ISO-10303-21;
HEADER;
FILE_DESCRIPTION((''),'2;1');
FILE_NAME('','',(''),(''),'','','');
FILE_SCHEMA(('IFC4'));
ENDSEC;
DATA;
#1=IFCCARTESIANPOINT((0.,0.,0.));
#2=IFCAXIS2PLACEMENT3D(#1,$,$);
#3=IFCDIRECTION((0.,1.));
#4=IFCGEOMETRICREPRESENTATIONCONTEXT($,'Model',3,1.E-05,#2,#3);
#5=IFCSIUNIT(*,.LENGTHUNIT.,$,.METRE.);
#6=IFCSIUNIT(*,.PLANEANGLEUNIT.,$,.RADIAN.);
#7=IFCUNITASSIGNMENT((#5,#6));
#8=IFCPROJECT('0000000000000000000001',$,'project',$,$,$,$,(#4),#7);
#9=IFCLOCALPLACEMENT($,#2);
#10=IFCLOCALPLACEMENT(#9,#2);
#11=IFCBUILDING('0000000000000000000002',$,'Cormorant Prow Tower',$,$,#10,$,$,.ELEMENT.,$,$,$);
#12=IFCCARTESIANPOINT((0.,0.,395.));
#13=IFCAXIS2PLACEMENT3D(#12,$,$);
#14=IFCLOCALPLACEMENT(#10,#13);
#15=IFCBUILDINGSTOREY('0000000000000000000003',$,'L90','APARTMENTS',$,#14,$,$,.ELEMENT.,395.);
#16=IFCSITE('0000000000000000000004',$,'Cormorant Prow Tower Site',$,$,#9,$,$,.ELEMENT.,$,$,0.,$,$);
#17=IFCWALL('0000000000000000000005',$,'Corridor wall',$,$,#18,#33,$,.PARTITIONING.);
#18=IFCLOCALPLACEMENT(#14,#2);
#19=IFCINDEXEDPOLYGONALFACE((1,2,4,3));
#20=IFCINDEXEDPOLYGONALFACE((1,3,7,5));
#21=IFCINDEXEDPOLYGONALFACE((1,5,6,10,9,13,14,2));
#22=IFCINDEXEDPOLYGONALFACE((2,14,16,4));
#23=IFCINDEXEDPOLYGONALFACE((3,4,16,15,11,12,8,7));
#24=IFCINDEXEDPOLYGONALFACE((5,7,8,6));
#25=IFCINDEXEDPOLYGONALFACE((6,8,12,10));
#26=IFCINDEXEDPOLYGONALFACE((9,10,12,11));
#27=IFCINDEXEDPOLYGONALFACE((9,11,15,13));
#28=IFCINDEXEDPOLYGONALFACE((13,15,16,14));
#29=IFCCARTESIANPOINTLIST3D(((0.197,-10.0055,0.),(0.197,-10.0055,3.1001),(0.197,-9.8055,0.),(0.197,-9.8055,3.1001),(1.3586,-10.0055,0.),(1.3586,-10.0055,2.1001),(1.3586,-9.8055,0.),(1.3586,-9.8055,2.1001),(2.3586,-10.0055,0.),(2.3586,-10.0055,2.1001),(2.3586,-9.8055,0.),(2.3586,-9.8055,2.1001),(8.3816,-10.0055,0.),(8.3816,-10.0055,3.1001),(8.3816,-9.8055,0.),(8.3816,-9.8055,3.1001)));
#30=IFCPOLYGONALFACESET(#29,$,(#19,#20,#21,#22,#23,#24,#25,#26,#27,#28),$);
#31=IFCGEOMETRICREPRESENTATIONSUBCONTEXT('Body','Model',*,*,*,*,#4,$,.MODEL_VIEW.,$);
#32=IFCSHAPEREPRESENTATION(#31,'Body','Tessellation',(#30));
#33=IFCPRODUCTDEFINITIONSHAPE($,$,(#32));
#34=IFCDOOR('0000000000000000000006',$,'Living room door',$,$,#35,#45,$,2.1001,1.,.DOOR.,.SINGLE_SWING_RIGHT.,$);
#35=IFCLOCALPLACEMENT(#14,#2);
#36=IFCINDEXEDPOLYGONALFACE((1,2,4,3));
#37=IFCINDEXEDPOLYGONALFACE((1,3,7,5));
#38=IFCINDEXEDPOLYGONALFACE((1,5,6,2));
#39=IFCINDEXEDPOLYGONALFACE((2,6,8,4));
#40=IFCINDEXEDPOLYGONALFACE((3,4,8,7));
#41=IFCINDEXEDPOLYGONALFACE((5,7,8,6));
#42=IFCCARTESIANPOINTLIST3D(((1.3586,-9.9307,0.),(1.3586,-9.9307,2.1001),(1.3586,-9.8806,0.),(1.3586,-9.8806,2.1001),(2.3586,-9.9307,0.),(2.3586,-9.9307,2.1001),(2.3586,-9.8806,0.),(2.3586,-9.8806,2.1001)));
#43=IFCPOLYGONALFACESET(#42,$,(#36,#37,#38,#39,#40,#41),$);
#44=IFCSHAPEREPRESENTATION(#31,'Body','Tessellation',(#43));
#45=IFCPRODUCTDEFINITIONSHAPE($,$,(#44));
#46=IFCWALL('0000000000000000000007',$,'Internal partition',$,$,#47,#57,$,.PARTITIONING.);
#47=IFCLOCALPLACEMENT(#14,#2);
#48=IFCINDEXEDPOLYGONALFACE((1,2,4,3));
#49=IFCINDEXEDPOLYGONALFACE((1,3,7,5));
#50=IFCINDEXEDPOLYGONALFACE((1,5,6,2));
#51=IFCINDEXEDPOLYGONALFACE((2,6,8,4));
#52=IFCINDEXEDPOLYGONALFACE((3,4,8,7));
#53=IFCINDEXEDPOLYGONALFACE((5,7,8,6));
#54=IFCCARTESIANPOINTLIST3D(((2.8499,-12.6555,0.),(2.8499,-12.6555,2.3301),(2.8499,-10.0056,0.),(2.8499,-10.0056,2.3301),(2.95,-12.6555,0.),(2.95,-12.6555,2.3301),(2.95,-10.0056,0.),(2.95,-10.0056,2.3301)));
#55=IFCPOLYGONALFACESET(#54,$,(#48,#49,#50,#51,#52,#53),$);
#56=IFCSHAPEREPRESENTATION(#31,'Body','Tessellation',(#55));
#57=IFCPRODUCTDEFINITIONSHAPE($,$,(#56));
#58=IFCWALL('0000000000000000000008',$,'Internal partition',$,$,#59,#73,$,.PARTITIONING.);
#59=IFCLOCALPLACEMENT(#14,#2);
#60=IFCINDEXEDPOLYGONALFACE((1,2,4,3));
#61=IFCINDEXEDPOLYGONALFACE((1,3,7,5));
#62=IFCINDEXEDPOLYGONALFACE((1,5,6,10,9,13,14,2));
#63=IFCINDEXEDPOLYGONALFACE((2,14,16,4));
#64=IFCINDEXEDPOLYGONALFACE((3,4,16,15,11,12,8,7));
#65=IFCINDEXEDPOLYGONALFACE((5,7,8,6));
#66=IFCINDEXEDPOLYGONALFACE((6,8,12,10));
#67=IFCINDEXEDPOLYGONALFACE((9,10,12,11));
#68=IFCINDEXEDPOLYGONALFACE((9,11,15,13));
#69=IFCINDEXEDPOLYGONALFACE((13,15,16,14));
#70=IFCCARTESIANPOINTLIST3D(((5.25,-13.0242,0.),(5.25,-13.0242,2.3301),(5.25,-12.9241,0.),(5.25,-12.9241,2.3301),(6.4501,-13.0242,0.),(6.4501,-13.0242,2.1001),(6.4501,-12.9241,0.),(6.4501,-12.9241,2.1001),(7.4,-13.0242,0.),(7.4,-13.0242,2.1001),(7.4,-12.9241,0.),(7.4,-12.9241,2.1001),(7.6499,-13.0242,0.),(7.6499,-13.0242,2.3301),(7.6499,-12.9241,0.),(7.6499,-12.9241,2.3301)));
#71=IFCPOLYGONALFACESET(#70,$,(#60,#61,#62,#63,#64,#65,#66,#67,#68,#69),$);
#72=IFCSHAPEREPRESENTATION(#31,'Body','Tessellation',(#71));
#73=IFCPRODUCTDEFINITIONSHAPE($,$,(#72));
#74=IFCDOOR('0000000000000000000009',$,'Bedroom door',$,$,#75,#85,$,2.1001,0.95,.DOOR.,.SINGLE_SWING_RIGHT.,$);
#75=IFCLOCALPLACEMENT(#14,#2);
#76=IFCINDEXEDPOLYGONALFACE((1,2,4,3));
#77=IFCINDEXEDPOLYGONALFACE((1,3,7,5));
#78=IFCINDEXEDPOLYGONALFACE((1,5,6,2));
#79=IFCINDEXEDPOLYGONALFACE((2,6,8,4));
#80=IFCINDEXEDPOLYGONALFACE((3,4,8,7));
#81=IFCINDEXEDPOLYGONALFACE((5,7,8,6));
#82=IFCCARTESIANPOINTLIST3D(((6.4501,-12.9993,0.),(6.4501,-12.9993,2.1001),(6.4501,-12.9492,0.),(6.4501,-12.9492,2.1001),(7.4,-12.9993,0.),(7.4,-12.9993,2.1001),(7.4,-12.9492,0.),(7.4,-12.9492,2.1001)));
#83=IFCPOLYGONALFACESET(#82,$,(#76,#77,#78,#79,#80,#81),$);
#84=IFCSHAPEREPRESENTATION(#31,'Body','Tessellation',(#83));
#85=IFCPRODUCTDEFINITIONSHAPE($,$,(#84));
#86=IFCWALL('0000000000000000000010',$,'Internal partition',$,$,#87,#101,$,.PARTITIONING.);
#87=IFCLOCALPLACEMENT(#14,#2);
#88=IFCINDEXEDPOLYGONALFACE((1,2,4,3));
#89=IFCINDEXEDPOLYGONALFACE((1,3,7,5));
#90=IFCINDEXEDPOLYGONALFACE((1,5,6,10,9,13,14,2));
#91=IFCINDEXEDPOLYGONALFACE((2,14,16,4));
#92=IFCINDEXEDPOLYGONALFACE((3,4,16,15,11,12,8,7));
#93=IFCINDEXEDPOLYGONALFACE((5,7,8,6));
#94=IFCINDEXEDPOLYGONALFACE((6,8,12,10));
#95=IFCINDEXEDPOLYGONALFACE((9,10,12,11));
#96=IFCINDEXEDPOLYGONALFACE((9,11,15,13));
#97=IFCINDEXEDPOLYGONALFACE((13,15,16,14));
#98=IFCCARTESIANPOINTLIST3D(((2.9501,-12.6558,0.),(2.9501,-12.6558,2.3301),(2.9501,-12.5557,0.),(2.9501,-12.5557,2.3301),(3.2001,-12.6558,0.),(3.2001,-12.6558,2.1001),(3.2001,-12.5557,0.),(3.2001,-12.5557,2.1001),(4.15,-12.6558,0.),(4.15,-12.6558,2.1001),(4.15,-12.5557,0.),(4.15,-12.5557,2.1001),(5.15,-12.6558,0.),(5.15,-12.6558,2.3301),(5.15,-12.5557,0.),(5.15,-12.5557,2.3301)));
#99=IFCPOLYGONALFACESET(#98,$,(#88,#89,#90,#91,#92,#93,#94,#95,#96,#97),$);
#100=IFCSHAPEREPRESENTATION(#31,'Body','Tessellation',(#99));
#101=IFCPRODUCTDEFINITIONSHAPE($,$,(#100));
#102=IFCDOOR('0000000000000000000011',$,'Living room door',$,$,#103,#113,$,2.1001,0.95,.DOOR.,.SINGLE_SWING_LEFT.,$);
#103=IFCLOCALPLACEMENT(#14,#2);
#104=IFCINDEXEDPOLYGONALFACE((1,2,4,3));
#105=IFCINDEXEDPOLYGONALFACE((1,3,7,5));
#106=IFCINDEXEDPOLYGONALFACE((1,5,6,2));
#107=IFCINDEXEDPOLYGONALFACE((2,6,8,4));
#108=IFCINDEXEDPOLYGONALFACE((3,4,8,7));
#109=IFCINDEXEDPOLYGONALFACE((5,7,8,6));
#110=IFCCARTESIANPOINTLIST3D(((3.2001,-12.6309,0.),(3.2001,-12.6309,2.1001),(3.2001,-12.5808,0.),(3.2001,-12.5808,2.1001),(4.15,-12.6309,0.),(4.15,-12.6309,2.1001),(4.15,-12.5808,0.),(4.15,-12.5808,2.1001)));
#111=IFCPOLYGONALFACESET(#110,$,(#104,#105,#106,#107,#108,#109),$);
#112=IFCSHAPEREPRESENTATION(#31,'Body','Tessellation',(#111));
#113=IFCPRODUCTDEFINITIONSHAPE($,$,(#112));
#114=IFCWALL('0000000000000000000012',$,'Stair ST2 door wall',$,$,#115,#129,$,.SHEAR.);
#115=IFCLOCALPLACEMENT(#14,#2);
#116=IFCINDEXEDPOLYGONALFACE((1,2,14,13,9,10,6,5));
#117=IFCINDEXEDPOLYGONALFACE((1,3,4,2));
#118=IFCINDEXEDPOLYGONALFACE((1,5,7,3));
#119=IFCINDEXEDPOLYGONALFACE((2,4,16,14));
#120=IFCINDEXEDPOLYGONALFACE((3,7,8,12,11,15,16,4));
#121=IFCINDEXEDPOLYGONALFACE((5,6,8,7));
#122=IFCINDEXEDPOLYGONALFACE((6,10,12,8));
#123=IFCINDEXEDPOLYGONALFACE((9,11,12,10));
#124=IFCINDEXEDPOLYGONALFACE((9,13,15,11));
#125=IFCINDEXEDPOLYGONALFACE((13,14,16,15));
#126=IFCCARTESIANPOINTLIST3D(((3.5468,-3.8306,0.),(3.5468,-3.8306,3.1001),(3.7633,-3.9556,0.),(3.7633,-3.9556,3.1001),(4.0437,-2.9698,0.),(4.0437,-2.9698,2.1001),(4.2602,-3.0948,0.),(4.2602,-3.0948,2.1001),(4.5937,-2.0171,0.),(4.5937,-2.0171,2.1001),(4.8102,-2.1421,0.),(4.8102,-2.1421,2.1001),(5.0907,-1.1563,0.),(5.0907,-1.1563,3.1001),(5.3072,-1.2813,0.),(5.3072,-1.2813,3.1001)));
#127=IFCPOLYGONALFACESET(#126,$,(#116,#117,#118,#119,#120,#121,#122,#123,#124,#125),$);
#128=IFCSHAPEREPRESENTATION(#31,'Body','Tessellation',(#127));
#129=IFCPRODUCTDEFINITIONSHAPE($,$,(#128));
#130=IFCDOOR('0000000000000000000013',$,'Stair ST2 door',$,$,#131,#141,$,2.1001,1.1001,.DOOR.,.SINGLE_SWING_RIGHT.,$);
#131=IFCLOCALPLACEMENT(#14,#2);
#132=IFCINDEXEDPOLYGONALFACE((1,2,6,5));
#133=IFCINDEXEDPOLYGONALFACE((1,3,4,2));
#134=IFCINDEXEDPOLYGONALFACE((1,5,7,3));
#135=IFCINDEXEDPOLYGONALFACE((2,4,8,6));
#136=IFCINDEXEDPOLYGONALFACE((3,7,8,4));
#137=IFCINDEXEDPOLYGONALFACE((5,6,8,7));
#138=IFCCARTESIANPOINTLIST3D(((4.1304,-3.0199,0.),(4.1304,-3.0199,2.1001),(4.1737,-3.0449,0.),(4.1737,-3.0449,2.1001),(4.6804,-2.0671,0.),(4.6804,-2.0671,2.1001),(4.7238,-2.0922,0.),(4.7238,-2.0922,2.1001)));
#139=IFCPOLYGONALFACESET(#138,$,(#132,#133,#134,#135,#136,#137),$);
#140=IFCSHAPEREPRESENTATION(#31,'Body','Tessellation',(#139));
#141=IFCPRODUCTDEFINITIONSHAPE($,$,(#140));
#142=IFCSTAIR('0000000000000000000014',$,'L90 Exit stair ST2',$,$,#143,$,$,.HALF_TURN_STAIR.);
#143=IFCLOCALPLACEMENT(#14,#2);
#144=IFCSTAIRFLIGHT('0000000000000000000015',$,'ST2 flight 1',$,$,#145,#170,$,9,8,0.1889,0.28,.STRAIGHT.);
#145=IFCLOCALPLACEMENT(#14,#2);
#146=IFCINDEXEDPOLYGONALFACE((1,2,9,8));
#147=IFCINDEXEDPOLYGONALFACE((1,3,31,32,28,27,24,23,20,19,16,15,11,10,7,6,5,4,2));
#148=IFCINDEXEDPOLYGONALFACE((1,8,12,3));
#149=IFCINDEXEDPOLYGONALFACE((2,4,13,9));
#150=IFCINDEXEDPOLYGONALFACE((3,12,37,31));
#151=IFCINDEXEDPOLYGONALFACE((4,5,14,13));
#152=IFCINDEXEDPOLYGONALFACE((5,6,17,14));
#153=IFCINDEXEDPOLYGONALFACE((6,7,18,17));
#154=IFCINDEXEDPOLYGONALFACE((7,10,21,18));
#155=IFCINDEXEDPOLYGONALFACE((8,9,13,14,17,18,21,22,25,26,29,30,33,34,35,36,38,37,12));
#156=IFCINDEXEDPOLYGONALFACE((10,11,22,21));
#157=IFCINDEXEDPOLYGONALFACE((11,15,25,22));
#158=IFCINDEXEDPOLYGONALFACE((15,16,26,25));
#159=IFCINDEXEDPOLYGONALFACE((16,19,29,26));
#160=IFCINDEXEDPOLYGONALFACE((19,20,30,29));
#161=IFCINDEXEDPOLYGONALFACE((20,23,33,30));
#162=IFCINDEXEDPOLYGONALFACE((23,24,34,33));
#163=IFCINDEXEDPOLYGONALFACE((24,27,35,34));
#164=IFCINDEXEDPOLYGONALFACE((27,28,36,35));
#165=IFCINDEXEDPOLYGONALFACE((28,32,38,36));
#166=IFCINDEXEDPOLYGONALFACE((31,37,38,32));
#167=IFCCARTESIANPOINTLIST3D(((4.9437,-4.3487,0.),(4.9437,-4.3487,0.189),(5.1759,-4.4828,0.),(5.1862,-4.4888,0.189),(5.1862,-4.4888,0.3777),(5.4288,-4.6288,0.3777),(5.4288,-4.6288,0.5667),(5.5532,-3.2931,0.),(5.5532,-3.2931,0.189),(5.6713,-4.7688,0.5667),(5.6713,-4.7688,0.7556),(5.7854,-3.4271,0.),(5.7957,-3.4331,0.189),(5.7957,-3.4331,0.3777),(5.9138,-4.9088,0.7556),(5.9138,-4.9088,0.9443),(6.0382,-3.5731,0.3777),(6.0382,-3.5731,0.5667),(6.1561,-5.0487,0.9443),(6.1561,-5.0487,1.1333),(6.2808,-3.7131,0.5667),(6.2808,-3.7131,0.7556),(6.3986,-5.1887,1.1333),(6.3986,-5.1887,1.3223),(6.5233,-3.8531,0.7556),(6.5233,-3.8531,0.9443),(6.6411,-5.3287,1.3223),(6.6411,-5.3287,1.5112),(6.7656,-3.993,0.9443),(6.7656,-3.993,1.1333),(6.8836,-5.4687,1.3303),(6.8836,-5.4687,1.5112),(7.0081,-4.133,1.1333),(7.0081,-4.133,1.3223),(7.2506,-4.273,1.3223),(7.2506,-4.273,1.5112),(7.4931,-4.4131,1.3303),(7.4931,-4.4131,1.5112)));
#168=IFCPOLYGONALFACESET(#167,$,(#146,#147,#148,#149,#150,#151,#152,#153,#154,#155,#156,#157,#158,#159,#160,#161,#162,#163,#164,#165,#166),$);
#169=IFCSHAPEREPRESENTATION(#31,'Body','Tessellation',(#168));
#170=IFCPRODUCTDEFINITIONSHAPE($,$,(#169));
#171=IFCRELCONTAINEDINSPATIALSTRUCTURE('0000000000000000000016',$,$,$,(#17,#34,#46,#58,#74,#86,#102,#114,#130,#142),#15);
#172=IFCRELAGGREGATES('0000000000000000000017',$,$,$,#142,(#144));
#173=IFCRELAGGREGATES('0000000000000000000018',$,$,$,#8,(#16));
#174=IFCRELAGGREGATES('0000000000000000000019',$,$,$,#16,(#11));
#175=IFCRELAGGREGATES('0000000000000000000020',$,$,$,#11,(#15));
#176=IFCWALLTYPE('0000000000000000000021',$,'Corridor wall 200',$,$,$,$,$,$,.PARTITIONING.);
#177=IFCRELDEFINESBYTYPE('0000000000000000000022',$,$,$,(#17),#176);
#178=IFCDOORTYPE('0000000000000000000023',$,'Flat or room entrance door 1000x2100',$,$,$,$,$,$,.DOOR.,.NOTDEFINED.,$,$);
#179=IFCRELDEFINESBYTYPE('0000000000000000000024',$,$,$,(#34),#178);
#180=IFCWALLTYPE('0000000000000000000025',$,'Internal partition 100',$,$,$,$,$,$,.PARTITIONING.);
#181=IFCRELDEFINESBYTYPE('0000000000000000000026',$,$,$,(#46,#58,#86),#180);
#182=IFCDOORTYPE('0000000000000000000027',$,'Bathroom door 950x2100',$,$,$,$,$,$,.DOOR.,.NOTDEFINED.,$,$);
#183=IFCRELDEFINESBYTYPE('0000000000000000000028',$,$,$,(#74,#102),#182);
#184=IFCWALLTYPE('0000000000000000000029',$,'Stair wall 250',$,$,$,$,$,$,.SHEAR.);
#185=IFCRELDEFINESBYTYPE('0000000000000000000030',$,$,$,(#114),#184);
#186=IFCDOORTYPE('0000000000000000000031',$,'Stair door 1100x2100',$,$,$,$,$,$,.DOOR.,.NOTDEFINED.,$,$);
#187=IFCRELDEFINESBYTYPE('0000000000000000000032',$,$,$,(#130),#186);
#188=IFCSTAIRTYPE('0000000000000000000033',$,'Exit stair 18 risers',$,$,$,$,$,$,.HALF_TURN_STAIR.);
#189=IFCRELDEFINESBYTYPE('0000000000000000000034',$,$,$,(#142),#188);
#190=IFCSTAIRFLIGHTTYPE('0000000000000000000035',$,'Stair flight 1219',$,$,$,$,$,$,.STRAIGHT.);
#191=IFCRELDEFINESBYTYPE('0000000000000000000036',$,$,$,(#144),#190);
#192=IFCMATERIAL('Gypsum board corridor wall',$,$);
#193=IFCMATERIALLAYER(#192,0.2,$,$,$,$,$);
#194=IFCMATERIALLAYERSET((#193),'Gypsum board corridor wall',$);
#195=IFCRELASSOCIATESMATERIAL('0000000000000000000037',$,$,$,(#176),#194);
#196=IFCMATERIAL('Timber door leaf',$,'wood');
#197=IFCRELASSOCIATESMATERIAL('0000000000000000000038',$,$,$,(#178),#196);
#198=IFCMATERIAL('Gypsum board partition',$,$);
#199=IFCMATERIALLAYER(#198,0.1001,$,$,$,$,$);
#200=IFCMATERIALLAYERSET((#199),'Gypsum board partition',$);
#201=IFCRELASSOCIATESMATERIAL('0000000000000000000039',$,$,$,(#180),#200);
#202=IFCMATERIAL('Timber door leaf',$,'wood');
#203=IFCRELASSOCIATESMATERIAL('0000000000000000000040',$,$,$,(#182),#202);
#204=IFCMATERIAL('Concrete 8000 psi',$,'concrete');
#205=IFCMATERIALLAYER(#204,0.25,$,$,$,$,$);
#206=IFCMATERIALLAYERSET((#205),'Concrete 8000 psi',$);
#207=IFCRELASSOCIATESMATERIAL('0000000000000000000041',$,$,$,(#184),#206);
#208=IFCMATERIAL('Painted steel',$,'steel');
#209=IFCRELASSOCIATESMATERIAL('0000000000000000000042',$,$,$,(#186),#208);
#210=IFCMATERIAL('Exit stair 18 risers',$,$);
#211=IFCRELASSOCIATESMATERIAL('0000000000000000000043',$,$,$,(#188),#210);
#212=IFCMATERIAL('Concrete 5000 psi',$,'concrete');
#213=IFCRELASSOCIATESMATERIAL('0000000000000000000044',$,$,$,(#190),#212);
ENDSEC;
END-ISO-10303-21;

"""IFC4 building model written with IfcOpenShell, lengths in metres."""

from ifc_helpers import new_model, si_unit, direction, frame, frame_2d, origin, place, context, subcontext, project, spatial, polyline, rectangle, outline, extrude, material, layer, layer_set, type_object, element, fill, aggregate, save


model = new_model("IFC4")

# Units and contexts
model_context = context("Model", 3, precision=1e-05, world=origin(), true_north=direction((0.0, 1.0)))
body_context = subcontext(model_context, "Body", "Model", "MODEL_VIEW")
ifc_project = project(units=[si_unit("LENGTHUNIT", "METRE"), si_unit("PLANEANGLEUNIT", "RADIAN")], contexts=[model_context])

# Site, building, storey
site_placement = place(None, origin())
site = spatial("IfcSite", under=ifc_project, at=site_placement, Name="Cormorant Prow Tower Site", CompositionType="ELEMENT", RefElevation=0.0)
building_placement = place(site_placement, origin())
building = spatial("IfcBuilding", under=site, at=building_placement, Name="Cormorant Prow Tower", CompositionType="ELEMENT")
storey_placement = place(building_placement, frame((0.0, 0.0, 395.0)))
storey = spatial("IfcBuildingStorey", under=building, at=storey_placement, Name="L90", Description="APARTMENTS", CompositionType="ELEMENT", Elevation=395.0)

# Wall, opening, door
ifc_material_1 = material(Name="Gypsum board corridor wall")
ifc_layer_1 = layer(ifc_material_1, 0.2)
ifc_layer_set_1 = layer_set([ifc_layer_1], Name="Gypsum board corridor wall")
wall_type_1 = type_object("IfcWallType", Name="Corridor wall 200", PredefinedType="PARTITIONING", material=ifc_layer_set_1)
wall_1_placement = place(storey_placement, frame((0.197, -9.9055, 0.0), z_axis=(0.0, 0.0, 1.0), x_axis=(1.0, 0.0, 0.0)))
wall_1 = element("IfcWall", 1, at=wall_1_placement, inside=storey, type_object=wall_type_1, Name="Corridor wall", PredefinedType="PARTITIONING", context=body_context, shape_type="SweptSolid", body=[
    extrude(rectangle(XDim=8.1846, YDim=0.2, at=frame_2d((4.0923, 0.0))), origin(), (0.0, 0.0, 1.0), 3.1001),
])
opening_1_placement = place(wall_1_placement, frame((1.1616, 0.0, 0.0)))
opening_1 = element("IfcOpeningElement", 2, at=opening_1_placement, cuts=wall_1, PredefinedType="OPENING", context=body_context, shape_type="SweptSolid", body=[
    extrude(rectangle(XDim=1.0, YDim=2.1001, at=frame_2d((0.5, 1.05))), frame((0.0, 0.1099, 0.0), z_axis=(0.0, -1.0, 0.0), x_axis=(1.0, 0.0, 0.0)), (0.0, 0.0, 1.0), 0.22),
])
ifc_material_2 = material(Name="Timber door leaf", Category="wood")
door_type_1 = type_object("IfcDoorType", Name="Flat or room entrance door 1000x2100", OperationType="NOTDEFINED", PredefinedType="DOOR", material=ifc_material_2)
door_1_placement = place(opening_1_placement, origin())
door_1 = element("IfcDoor", 3, at=door_1_placement, inside=storey, type_object=door_type_1, Name="Living room door", OperationType="SINGLE_SWING_RIGHT", OverallHeight=2.1001, OverallWidth=1.0, PredefinedType="DOOR", context=body_context, shape_type="SweptSolid", body=[
    extrude(rectangle(XDim=1.0, YDim=2.1001, at=frame_2d((0.5, 1.05))), frame((0.0, 0.0249, 0.0), z_axis=(0.0, -1.0, 0.0), x_axis=(1.0, 0.0, 0.0)), (0.0, 0.0, 1.0), 0.05),
])
fill(opening_1, door_1)

# Wall
ifc_material_3 = material(Name="Gypsum board partition")
ifc_layer_2 = layer(ifc_material_3, 0.1001)
ifc_layer_set_2 = layer_set([ifc_layer_2], Name="Gypsum board partition")
wall_type_2 = type_object("IfcWallType", Name="Internal partition 100", PredefinedType="PARTITIONING", material=ifc_layer_set_2)
wall_2_placement = place(storey_placement, frame((2.8999, -12.6555, 0.0), z_axis=(0.0, 0.0, 1.0), x_axis=(0.0, 1.0, 0.0)))
element("IfcWall", 4, at=wall_2_placement, inside=storey, type_object=wall_type_2, Name="Internal partition", PredefinedType="PARTITIONING", context=body_context, shape_type="SweptSolid", body=[
    extrude(rectangle(XDim=2.6499, YDim=0.1001, at=frame_2d((1.325, 0.0))), origin(), (0.0, 0.0, 1.0), 2.3301),
])

# Walls, openings, doors
wall_3_placement = place(storey_placement, frame((5.25, -12.9741, 0.0), z_axis=(0.0, 0.0, 1.0), x_axis=(1.0, 0.0, 0.0)))
wall_3 = element("IfcWall", 5, at=wall_3_placement, inside=storey, type_object=wall_type_2, Name="Internal partition", PredefinedType="PARTITIONING", context=body_context, shape_type="SweptSolid", body=[
    extrude(rectangle(XDim=2.3999, YDim=0.1001, at=frame_2d((1.2, 0.0))), origin(), (0.0, 0.0, 1.0), 2.3301),
])
opening_2_placement = place(wall_3_placement, frame((1.2, 0.0, 0.0)))
opening_2 = element("IfcOpeningElement", 6, at=opening_2_placement, cuts=wall_3, PredefinedType="OPENING", context=body_context, shape_type="SweptSolid", body=[
    extrude(rectangle(XDim=0.95, YDim=2.1001, at=frame_2d((0.4751, 1.05))), frame((0.0, 0.0601, 0.0), z_axis=(0.0, -1.0, 0.0), x_axis=(1.0, 0.0, 0.0)), (0.0, 0.0, 1.0), 0.1201),
])
ifc_material_4 = material(Name="Timber door leaf", Category="wood")
door_type_2 = type_object("IfcDoorType", Name="Bathroom door 950x2100", OperationType="NOTDEFINED", PredefinedType="DOOR", material=ifc_material_4)
door_2_placement = place(opening_2_placement, origin())
door_2 = element("IfcDoor", 7, at=door_2_placement, inside=storey, type_object=door_type_2, Name="Bedroom door", OperationType="SINGLE_SWING_RIGHT", OverallHeight=2.1001, OverallWidth=0.95, PredefinedType="DOOR", context=body_context, shape_type="SweptSolid", body=[
    extrude(rectangle(XDim=0.95, YDim=2.1001, at=frame_2d((0.4751, 1.05))), frame((0.0, 0.0249, 0.0), z_axis=(0.0, -1.0, 0.0), x_axis=(1.0, 0.0, 0.0)), (0.0, 0.0, 1.0), 0.05),
])
fill(opening_2, door_2)
wall_4_placement = place(storey_placement, frame((2.95, -12.6057, 0.0), z_axis=(0.0, 0.0, 1.0), x_axis=(1.0, 0.0, 0.0)))
wall_4 = element("IfcWall", 8, at=wall_4_placement, inside=storey, type_object=wall_type_2, Name="Internal partition", PredefinedType="PARTITIONING", context=body_context, shape_type="SweptSolid", body=[
    extrude(rectangle(XDim=2.2, YDim=0.1001, at=frame_2d((1.1001, 0.0))), origin(), (0.0, 0.0, 1.0), 2.3301),
])
opening_3_placement = place(wall_4_placement, frame((0.25, 0.0, 0.0)))
opening_3 = element("IfcOpeningElement", 9, at=opening_3_placement, cuts=wall_4, PredefinedType="OPENING", context=body_context, shape_type="SweptSolid", body=[
    extrude(rectangle(XDim=0.95, YDim=2.1001, at=frame_2d((0.4751, 1.05))), frame((0.0, 0.0601, 0.0), z_axis=(0.0, -1.0, 0.0), x_axis=(1.0, 0.0, 0.0)), (0.0, 0.0, 1.0), 0.1201),
])
door_3_placement = place(opening_3_placement, origin())
door_3 = element("IfcDoor", 10, at=door_3_placement, inside=storey, type_object=door_type_2, Name="Living room door", OperationType="SINGLE_SWING_LEFT", OverallHeight=2.1001, OverallWidth=0.95, PredefinedType="DOOR", context=body_context, shape_type="SweptSolid", body=[
    extrude(rectangle(XDim=0.95, YDim=2.1001, at=frame_2d((0.4751, 1.05))), frame((0.0, 0.0249, 0.0), z_axis=(0.0, -1.0, 0.0), x_axis=(1.0, 0.0, 0.0)), (0.0, 0.0, 1.0), 0.05),
])
fill(opening_3, door_3)
ifc_material_5 = material(Name="Concrete 8000 psi", Category="concrete")
ifc_layer_3 = layer(ifc_material_5, 0.25)
ifc_layer_set_3 = layer_set([ifc_layer_3], Name="Concrete 8000 psi")
wall_type_3 = type_object("IfcWallType", Name="Stair wall 250", PredefinedType="SHEAR", material=ifc_layer_set_3)
wall_5_placement = place(storey_placement, frame((3.655, -3.8931, 0.0), z_axis=(0.0, 0.0, 1.0), x_axis=(0.499983, 0.866035, 0.0)))
wall_5 = element("IfcWall", 11, at=wall_5_placement, inside=storey, type_object=wall_type_3, Name="Stair ST2 door wall", PredefinedType="SHEAR", context=body_context, shape_type="SweptSolid", body=[
    extrude(rectangle(XDim=3.0879, YDim=0.25, at=frame_2d((1.5439, 0.0))), origin(), (0.0, 0.0, 1.0), 3.1001),
])
opening_4_placement = place(wall_5_placement, frame((0.9939, 0.0, 0.0)))
opening_4 = element("IfcOpeningElement", 12, at=opening_4_placement, cuts=wall_5, PredefinedType="OPENING", context=body_context, shape_type="SweptSolid", body=[
    extrude(rectangle(XDim=1.1001, YDim=2.1001, at=frame_2d((0.55, 1.05))), frame((0.0, 0.135, 0.0), z_axis=(0.0, -1.0, 0.0), x_axis=(1.0, 0.0, 0.0)), (0.0, 0.0, 1.0), 0.27),
])
ifc_material_6 = material(Name="Painted steel", Category="steel")
door_type_3 = type_object("IfcDoorType", Name="Stair door 1100x2100", OperationType="NOTDEFINED", PredefinedType="DOOR", material=ifc_material_6)
door_4_placement = place(opening_4_placement, origin())
door_4 = element("IfcDoor", 13, at=door_4_placement, inside=storey, type_object=door_type_3, Name="Stair ST2 door", OperationType="SINGLE_SWING_RIGHT", OverallHeight=2.1001, OverallWidth=1.1001, PredefinedType="DOOR", context=body_context, shape_type="SweptSolid", body=[
    extrude(rectangle(XDim=1.1001, YDim=2.1001, at=frame_2d((0.55, 1.05))), frame((0.0, 0.0249, 0.0), z_axis=(0.0, -1.0, 0.0), x_axis=(1.0, 0.0, 0.0)), (0.0, 0.0, 1.0), 0.05),
])
fill(opening_4, door_4)

# Stair, stair flight
ifc_material_7 = material(Name="Exit stair 18 risers")
stair_type = type_object("IfcStairType", Name="Exit stair 18 risers", PredefinedType="HALF_TURN_STAIR", material=ifc_material_7)
stair_placement = place(storey_placement, origin())
stair = element("IfcStair", 14, at=stair_placement, inside=storey, type_object=stair_type, Name="L90 Exit stair ST2", PredefinedType="HALF_TURN_STAIR")
ifc_material_8 = material(Name="Concrete 5000 psi", Category="concrete")
stair_flight_type = type_object("IfcStairFlightType", Name="Stair flight 1219", PredefinedType="STRAIGHT", material=ifc_material_8)
stair_flight_placement = place(storey_placement, frame((5.2485, -3.8208, 0.0), z_axis=(0.0, 0.0, 1.0), x_axis=(0.866025, -0.5, 0.0)))
stair_flight = element("IfcStairFlight", 15, at=stair_flight_placement, type_object=stair_flight_type, Name="ST2 flight 1", NumberOfRisers=9, NumberOfTreads=8, PredefinedType="STRAIGHT", RiserHeight=0.1889, TreadLength=0.28, context=body_context, shape_type="SweptSolid", body=[
    extrude(outline(polyline([(0.0, 0.0), (0.0, 0.189), (0.28, 0.189), (0.28, 0.3777), (0.5601, 0.3777), (0.5601, 0.5667), (0.8401, 0.5667), (0.8401, 0.7556), (1.1201, 0.7556), (1.1201, 0.9443), (1.3999, 0.9443), (1.3999, 1.1333), (1.6799, 1.1333), (1.6799, 1.3223), (1.96, 1.3223), (1.96, 1.5112), (2.24, 1.5112), (2.24, 1.7), (2.24, 1.3303), (0.2681, 0.0), (0.0, 0.0)])), frame((0.0, 0.6094, 0.0), z_axis=(0.0, -1.0, 0.0), x_axis=(1.0, 0.0, 0.0)), (0.0, 0.0, 1.0), 1.219),
])
aggregate(stair, [stair_flight])

save(model, "model.ifc")
